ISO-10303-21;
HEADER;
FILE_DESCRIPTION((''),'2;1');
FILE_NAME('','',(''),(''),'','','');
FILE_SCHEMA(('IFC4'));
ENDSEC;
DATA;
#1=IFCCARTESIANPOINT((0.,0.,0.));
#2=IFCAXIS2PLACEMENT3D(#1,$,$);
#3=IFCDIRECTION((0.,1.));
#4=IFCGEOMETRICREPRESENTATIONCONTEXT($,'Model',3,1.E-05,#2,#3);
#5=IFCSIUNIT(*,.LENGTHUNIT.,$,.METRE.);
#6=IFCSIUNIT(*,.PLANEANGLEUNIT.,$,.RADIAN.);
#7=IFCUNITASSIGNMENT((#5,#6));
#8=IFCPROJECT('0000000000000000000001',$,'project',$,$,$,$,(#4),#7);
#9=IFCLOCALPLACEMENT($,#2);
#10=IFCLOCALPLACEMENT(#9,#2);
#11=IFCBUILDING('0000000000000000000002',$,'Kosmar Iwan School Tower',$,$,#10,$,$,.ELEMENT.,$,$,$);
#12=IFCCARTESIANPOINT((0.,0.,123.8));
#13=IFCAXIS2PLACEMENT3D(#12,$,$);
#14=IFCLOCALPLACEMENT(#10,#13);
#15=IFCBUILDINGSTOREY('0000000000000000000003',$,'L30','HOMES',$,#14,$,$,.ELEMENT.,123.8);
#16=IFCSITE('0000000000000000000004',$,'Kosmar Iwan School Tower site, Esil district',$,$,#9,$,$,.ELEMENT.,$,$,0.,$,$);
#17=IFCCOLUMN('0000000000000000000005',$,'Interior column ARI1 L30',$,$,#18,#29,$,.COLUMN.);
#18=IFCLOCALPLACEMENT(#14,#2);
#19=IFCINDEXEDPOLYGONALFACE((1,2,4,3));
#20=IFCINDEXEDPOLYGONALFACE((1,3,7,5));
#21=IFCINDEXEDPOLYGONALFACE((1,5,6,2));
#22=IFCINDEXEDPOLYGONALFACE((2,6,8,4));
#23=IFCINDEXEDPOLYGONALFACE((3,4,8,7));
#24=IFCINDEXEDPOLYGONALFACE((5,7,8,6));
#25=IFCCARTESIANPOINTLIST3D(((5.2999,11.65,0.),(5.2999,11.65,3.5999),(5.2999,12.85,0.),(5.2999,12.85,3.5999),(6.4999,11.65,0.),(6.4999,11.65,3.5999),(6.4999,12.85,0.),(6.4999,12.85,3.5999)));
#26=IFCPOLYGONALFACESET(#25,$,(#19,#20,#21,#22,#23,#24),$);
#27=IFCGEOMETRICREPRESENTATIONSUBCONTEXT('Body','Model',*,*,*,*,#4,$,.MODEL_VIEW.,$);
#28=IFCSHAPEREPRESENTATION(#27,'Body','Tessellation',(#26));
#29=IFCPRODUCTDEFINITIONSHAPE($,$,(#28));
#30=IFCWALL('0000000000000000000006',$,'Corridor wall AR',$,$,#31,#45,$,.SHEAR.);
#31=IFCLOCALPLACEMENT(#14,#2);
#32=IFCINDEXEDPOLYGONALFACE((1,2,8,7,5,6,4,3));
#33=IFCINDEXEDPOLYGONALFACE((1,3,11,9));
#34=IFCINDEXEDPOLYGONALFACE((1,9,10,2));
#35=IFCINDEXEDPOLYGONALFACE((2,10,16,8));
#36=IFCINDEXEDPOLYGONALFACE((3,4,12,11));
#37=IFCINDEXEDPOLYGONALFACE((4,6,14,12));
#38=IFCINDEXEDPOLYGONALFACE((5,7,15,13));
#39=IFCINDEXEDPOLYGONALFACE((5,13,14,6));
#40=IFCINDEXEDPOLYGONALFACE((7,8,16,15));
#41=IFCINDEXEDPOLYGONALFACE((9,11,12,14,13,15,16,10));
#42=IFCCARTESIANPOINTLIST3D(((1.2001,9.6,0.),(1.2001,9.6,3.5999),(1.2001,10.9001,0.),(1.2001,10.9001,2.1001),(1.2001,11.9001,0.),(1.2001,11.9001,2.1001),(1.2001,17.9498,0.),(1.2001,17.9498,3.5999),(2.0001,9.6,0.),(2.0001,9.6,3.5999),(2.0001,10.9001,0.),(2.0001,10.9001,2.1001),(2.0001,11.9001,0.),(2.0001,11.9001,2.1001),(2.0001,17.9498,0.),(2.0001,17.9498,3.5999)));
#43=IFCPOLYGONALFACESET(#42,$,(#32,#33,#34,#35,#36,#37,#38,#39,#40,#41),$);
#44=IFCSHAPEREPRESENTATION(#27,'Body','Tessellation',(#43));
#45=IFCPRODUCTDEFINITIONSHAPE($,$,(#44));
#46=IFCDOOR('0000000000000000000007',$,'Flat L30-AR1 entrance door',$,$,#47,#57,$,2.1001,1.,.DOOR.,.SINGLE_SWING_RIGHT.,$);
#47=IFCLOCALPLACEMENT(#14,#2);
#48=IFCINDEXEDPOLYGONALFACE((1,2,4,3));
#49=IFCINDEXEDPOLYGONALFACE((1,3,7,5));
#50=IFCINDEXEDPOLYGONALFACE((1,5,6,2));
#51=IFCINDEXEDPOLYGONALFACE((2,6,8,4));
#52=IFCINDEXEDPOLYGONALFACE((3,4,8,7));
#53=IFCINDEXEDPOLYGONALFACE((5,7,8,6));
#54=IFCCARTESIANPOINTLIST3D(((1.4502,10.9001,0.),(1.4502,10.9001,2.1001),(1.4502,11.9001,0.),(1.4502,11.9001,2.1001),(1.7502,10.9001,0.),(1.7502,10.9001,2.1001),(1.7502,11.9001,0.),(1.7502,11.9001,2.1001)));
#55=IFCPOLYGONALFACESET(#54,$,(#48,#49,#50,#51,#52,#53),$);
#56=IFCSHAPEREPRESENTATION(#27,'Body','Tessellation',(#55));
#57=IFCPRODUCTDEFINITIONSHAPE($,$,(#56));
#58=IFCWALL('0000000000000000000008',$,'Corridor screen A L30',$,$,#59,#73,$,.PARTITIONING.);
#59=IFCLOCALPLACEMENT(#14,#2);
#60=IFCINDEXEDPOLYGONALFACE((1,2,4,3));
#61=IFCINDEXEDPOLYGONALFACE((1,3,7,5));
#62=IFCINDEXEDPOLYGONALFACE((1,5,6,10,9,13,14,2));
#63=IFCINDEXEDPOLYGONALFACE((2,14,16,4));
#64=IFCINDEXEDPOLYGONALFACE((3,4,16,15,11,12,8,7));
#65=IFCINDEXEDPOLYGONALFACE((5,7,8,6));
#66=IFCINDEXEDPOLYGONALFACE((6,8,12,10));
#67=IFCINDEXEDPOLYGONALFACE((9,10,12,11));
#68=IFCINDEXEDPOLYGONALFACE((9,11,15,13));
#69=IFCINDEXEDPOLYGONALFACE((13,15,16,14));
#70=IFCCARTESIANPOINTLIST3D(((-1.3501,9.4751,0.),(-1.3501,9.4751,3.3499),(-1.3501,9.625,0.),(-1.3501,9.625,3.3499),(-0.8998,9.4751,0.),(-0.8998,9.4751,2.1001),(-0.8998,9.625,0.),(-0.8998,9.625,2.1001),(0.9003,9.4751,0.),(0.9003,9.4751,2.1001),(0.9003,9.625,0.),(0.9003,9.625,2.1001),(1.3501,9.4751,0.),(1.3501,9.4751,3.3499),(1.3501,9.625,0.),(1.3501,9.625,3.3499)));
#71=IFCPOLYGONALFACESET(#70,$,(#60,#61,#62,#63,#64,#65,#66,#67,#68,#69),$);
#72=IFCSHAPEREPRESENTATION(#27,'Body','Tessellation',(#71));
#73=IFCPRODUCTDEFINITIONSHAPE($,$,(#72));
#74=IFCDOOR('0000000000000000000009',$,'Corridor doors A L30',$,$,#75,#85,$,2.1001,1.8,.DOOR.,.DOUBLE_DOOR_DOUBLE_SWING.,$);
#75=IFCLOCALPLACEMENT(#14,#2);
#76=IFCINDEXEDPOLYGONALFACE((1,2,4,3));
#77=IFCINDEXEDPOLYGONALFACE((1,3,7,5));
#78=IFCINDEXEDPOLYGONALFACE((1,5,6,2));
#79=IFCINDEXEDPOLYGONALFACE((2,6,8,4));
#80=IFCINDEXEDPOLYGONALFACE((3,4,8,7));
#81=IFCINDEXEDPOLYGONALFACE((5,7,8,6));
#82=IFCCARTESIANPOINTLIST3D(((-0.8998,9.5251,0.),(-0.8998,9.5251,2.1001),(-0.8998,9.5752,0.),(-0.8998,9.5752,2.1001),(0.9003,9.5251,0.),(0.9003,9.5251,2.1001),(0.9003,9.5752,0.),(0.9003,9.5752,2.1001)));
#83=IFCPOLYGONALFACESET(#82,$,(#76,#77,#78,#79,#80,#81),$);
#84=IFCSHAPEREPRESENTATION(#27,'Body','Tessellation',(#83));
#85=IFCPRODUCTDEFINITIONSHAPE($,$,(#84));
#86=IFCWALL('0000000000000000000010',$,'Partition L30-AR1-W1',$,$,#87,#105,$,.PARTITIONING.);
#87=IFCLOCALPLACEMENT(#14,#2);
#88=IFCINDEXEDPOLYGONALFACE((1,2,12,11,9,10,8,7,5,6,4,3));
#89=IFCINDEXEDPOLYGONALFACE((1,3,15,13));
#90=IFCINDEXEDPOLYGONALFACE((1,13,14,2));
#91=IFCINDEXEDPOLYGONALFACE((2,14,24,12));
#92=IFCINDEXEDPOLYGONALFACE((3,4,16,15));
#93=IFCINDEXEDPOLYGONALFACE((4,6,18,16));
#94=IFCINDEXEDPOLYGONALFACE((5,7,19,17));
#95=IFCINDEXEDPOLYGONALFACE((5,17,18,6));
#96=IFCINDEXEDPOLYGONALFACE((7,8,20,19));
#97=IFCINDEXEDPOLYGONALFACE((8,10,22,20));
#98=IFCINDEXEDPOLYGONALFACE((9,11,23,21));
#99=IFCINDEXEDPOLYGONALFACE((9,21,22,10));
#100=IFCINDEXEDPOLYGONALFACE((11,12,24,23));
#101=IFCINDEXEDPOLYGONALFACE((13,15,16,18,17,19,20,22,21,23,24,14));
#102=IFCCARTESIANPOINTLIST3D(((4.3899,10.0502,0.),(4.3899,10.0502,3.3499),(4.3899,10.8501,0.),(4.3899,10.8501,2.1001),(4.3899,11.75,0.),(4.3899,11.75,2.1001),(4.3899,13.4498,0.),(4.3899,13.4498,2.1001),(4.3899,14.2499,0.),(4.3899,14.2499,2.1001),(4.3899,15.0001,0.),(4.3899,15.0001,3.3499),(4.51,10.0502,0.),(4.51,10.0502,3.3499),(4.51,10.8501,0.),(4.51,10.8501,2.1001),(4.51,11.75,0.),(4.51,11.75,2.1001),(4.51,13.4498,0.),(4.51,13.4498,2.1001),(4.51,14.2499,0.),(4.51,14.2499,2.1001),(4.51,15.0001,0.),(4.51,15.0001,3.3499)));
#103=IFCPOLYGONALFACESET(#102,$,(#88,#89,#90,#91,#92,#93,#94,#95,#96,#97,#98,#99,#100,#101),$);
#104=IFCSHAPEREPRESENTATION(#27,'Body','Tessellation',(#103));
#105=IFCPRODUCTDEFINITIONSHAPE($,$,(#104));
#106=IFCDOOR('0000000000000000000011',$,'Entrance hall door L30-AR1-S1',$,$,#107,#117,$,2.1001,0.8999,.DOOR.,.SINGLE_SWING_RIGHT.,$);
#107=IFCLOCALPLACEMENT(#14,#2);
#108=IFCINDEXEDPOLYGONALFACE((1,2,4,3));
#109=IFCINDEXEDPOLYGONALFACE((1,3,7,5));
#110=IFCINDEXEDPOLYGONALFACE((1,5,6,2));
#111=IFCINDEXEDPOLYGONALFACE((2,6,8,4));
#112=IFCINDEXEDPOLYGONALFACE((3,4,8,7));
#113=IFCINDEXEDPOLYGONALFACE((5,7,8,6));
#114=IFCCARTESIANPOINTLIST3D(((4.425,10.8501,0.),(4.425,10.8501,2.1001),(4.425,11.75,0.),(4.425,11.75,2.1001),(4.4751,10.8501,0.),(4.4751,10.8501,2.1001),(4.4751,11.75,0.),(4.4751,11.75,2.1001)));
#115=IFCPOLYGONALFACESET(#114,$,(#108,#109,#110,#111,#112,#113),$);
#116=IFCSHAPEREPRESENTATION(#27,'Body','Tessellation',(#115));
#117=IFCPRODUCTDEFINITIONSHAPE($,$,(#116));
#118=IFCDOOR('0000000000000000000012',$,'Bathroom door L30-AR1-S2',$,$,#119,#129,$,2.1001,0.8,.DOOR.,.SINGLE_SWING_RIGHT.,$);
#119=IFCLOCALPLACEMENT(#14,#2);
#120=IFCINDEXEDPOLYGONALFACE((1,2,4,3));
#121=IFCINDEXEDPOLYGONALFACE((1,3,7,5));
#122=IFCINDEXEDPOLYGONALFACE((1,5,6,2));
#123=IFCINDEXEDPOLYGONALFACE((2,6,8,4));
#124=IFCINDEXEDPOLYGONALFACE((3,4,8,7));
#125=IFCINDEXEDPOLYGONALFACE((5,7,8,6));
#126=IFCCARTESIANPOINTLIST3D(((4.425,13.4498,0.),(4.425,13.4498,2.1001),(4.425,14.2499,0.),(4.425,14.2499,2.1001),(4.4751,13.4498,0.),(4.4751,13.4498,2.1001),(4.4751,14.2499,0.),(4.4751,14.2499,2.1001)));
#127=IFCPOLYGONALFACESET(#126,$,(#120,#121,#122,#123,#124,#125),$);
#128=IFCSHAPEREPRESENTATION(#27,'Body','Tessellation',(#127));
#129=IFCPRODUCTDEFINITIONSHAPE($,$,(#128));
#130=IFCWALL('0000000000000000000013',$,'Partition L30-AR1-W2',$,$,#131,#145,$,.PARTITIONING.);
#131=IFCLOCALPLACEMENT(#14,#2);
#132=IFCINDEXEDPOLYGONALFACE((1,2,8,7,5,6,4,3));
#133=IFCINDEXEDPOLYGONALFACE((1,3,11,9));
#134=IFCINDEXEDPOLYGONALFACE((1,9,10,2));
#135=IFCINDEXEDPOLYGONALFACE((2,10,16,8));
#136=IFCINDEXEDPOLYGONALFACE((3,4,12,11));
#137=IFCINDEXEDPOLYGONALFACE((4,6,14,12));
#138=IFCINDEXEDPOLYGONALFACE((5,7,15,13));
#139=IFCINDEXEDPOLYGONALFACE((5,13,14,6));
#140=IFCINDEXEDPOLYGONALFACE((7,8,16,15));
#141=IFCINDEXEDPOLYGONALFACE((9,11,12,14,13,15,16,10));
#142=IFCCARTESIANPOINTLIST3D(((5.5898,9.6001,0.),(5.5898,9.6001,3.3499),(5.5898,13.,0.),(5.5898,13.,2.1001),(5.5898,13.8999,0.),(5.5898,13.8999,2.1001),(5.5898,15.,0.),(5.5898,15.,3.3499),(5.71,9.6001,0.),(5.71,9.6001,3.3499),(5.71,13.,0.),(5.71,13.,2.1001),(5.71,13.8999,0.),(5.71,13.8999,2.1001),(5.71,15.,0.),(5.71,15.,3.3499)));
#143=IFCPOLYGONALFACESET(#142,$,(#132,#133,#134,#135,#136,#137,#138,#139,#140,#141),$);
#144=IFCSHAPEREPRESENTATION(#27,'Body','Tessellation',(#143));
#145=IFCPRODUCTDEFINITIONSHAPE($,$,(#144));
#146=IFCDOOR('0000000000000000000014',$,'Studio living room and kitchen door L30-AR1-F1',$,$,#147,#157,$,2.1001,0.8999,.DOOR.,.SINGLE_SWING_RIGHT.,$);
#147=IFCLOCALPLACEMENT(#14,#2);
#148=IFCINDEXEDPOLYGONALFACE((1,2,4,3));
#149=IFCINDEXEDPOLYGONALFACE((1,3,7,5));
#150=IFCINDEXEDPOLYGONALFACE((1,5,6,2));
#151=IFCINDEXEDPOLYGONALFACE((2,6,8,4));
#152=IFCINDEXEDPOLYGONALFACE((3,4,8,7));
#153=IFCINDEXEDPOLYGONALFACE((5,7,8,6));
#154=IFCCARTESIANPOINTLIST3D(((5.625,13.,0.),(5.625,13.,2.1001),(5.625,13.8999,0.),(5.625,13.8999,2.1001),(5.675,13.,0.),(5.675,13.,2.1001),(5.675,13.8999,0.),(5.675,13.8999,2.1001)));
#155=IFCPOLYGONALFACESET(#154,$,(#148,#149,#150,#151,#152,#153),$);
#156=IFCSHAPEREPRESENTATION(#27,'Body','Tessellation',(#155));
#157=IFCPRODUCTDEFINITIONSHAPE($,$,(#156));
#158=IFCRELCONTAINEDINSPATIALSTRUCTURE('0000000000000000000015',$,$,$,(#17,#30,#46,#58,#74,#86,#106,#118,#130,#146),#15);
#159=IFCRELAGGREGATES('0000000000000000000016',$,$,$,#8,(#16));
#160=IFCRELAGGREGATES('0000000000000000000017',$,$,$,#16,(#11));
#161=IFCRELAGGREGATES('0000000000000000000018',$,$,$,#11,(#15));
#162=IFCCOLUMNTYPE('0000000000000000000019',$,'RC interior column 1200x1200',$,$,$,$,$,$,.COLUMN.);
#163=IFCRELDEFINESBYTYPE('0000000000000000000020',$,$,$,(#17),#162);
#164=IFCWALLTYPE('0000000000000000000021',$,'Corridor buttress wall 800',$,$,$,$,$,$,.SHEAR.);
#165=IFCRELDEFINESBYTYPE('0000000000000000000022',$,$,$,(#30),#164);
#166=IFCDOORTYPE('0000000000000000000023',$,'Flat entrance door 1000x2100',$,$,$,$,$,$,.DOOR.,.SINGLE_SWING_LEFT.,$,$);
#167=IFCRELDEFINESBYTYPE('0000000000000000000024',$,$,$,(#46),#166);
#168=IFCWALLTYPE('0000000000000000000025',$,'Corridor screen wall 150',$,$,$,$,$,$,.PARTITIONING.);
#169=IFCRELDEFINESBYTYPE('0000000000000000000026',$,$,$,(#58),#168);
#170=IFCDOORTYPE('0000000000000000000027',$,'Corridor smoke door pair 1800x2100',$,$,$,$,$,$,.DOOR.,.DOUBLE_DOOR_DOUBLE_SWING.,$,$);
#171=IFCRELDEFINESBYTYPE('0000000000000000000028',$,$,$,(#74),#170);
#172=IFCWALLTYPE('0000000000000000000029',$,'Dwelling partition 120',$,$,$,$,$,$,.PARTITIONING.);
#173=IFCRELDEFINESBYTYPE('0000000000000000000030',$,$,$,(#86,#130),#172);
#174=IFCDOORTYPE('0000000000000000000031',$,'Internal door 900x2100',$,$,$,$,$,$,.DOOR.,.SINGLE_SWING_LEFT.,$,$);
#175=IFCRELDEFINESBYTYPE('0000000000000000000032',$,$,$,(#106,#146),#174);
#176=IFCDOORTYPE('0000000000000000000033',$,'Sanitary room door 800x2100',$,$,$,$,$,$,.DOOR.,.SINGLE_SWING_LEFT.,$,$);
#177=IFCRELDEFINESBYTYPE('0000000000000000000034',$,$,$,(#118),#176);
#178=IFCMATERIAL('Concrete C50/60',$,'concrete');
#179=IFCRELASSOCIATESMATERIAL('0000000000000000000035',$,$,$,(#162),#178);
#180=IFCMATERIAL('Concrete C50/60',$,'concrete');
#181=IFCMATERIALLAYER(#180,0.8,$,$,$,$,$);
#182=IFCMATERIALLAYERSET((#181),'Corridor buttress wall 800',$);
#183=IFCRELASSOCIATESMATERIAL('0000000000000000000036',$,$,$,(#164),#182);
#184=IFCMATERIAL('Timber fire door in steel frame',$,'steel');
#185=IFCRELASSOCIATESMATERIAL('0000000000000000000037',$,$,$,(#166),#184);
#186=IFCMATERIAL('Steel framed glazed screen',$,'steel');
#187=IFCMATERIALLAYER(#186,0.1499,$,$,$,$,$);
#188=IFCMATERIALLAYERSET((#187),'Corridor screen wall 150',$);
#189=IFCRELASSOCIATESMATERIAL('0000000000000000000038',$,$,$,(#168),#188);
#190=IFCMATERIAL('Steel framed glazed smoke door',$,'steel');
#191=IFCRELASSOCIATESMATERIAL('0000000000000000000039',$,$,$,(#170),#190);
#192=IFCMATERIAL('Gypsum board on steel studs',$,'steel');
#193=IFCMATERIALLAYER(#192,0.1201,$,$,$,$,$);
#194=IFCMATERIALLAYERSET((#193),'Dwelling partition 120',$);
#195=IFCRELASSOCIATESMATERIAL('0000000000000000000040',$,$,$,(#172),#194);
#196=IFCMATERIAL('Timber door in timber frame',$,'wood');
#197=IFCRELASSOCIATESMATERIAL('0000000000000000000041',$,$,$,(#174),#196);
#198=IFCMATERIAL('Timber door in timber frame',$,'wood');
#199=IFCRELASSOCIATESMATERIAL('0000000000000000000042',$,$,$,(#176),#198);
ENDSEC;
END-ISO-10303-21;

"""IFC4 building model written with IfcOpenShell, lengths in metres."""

from ifc_helpers import new_model, si_unit, direction, frame, frame_2d, origin, origin_2d, place, context, subcontext, project, spatial, rectangle, extrude, material, layer, layer_set, material_profile, profile_set, type_object, element, fill, save


model = new_model("IFC4")

# Units and contexts
model_context = context("Model", 3, precision=1e-05, world=origin(), true_north=direction((0.0, 1.0)))
body_context = subcontext(model_context, "Body", "Model", "MODEL_VIEW")
ifc_project = project(units=[si_unit("LENGTHUNIT", "METRE"), si_unit("PLANEANGLEUNIT", "RADIAN")], contexts=[model_context])

# Site, building, storey
site_placement = place(None, origin())
site = spatial("IfcSite", under=ifc_project, at=site_placement, Name="Kosmar Iwan School Tower site, Esil district", CompositionType="ELEMENT", RefElevation=0.0)
building_placement = place(site_placement, origin())
building = spatial("IfcBuilding", under=site, at=building_placement, Name="Kosmar Iwan School Tower", CompositionType="ELEMENT")
storey_placement = place(building_placement, frame((0.0, 0.0, 123.8)))
storey = spatial("IfcBuildingStorey", under=building, at=storey_placement, Name="L30", Description="HOMES", CompositionType="ELEMENT", Elevation=123.8)

# Column
ifc_material_1 = material(Name="Concrete C50/60", Category="concrete")
ifc_material_profile = material_profile(ifc_material_1, rectangle(XDim=1.2, YDim=1.2, at=origin_2d()), Name="RC 1200x1200")
ifc_profile_set = profile_set([ifc_material_profile], Name="Concrete C50/60")
column_type = type_object("IfcColumnType", Name="RC interior column 1200x1200", PredefinedType="COLUMN", material=ifc_profile_set)
column_placement = place(storey_placement, frame((5.8999, 12.25, 0.0), z_axis=(0.0, 0.0, 1.0), x_axis=(0.0, 1.0, 0.0)))
element("IfcColumn", 1, at=column_placement, inside=storey, type_object=column_type, Name="Interior column ARI1 L30", PredefinedType="COLUMN", context=body_context, shape_type="SweptSolid", body=[
    extrude(rectangle(XDim=1.2, YDim=1.2, at=origin_2d()), origin(), (0.0, 0.0, 1.0), 3.5999),
])

# Walls, openings, doors
ifc_material_2 = material(Name="Concrete C50/60", Category="concrete")
ifc_layer_1 = layer(ifc_material_2, 0.8)
ifc_layer_set_1 = layer_set([ifc_layer_1], Name="Corridor buttress wall 800")
wall_type_1 = type_object("IfcWallType", Name="Corridor buttress wall 800", PredefinedType="SHEAR", material=ifc_layer_set_1)
wall_1_placement = place(storey_placement, frame((1.6001, 9.6001, 0.0), z_axis=(0.0, 0.0, 1.0), x_axis=(0.0, 1.0, 0.0)))
wall_1 = element("IfcWall", 2, at=wall_1_placement, inside=storey, type_object=wall_type_1, Name="Corridor wall AR", PredefinedType="SHEAR", context=body_context, shape_type="SweptSolid", body=[
    extrude(rectangle(XDim=8.3499, YDim=0.8, at=frame_2d((4.1748, 0.0))), origin(), (0.0, 0.0, 1.0), 3.5999),
])
opening_1_placement = place(wall_1_placement, frame((1.3, 0.0, 0.0)))
opening_1 = element("IfcOpeningElement", 3, at=opening_1_placement, cuts=wall_1, PredefinedType="OPENING", context=body_context, shape_type="SweptSolid", body=[
    extrude(rectangle(XDim=1.0, YDim=2.1001, at=frame_2d((0.5, 1.05))), frame((0.0, 0.4121, 0.0), z_axis=(0.0, -1.0, 0.0), x_axis=(1.0, 0.0, 0.0)), (0.0, 0.0, 1.0), 0.824),
])
ifc_material_3 = material(Name="Timber fire door in steel frame", Category="steel")
door_type_1 = type_object("IfcDoorType", Name="Flat entrance door 1000x2100", OperationType="SINGLE_SWING_LEFT", PredefinedType="DOOR", material=ifc_material_3)
door_1_placement = place(opening_1_placement, origin())
door_1 = element("IfcDoor", 4, at=door_1_placement, inside=storey, type_object=door_type_1, Name="Flat L30-AR1 entrance door", OperationType="SINGLE_SWING_RIGHT", OverallHeight=2.1001, OverallWidth=1.0, PredefinedType="DOOR", context=body_context, shape_type="SweptSolid", body=[
    extrude(rectangle(XDim=1.0, YDim=2.1001, at=frame_2d((0.5, 1.05))), frame((0.0, 0.1499, 0.0), z_axis=(0.0, -1.0, 0.0), x_axis=(1.0, 0.0, 0.0)), (0.0, 0.0, 1.0), 0.3),
])
fill(opening_1, door_1)
ifc_material_4 = material(Name="Steel framed glazed screen", Category="steel")
ifc_layer_2 = layer(ifc_material_4, 0.1499)
ifc_layer_set_2 = layer_set([ifc_layer_2], Name="Corridor screen wall 150")
wall_type_2 = type_object("IfcWallType", Name="Corridor screen wall 150", PredefinedType="PARTITIONING", material=ifc_layer_set_2)
wall_2_placement = place(storey_placement, frame((1.3501, 9.55, 0.0), z_axis=(0.0, 0.0, 1.0), x_axis=(-1.0, 0.0, 0.0)))
wall_2 = element("IfcWall", 5, at=wall_2_placement, inside=storey, type_object=wall_type_2, Name="Corridor screen A L30", PredefinedType="PARTITIONING", context=body_context, shape_type="SweptSolid", body=[
    extrude(rectangle(XDim=2.7002, YDim=0.1499, at=frame_2d((1.3501, 0.0))), origin(), (0.0, 0.0, 1.0), 3.3499),
])
opening_2_placement = place(wall_2_placement, frame((0.45, 0.0, 0.0)))
opening_2 = element("IfcOpeningElement", 6, at=opening_2_placement, cuts=wall_2, PredefinedType="OPENING", context=body_context, shape_type="SweptSolid", body=[
    extrude(rectangle(XDim=1.8, YDim=2.1001, at=frame_2d((0.8999, 1.05))), frame((0.0, 0.0869, 0.0), z_axis=(0.0, -1.0, 0.0), x_axis=(1.0, 0.0, 0.0)), (0.0, 0.0, 1.0), 0.1738),
])
ifc_material_5 = material(Name="Steel framed glazed smoke door", Category="steel")
door_type_2 = type_object("IfcDoorType", Name="Corridor smoke door pair 1800x2100", OperationType="DOUBLE_DOOR_DOUBLE_SWING", PredefinedType="DOOR", material=ifc_material_5)
door_2_placement = place(opening_2_placement, origin())
door_2 = element("IfcDoor", 7, at=door_2_placement, inside=storey, type_object=door_type_2, Name="Corridor doors A L30", OperationType="DOUBLE_DOOR_DOUBLE_SWING", OverallHeight=2.1001, OverallWidth=1.8, PredefinedType="DOOR", context=body_context, shape_type="SweptSolid", body=[
    extrude(rectangle(XDim=1.8, YDim=2.1001, at=frame_2d((0.8999, 1.05))), frame((0.0, 0.0249, 0.0), z_axis=(0.0, -1.0, 0.0), x_axis=(1.0, 0.0, 0.0)), (0.0, 0.0, 1.0), 0.05),
])
fill(opening_2, door_2)

# Wall, openings, doors
ifc_material_6 = material(Name="Gypsum board on steel studs", Category="steel")
ifc_layer_3 = layer(ifc_material_6, 0.1201)
ifc_layer_set_3 = layer_set([ifc_layer_3], Name="Dwelling partition 120")
wall_type_3 = type_object("IfcWallType", Name="Dwelling partition 120", PredefinedType="PARTITIONING", material=ifc_layer_set_3)
wall_3_placement = place(storey_placement, frame((4.45, 10.05, 0.0), z_axis=(0.0, 0.0, 1.0), x_axis=(0.0, 1.0, 0.0)))
wall_3 = element("IfcWall", 8, at=wall_3_placement, inside=storey, type_object=wall_type_3, Name="Partition L30-AR1-W1", PredefinedType="PARTITIONING", context=body_context, shape_type="SweptSolid", body=[
    extrude(rectangle(XDim=4.95, YDim=0.1201, at=frame_2d((2.4751, 0.0))), origin(), (0.0, 0.0, 1.0), 3.3499),
])
opening_3_placement = place(wall_3_placement, frame((0.8, 0.0, 0.0)))
opening_3 = element("IfcOpeningElement", 9, at=opening_3_placement, cuts=wall_3, PredefinedType="OPENING", context=body_context, shape_type="SweptSolid", body=[
    extrude(rectangle(XDim=0.8999, YDim=2.1001, at=frame_2d((0.45, 1.05))), frame((0.0, 0.072, 0.0), z_axis=(0.0, -1.0, 0.0), x_axis=(1.0, 0.0, 0.0)), (0.0, 0.0, 1.0), 0.144),
])
opening_4_placement = place(wall_3_placement, frame((3.3999, 0.0, 0.0)))
opening_4 = element("IfcOpeningElement", 10, at=opening_4_placement, cuts=wall_3, PredefinedType="OPENING", context=body_context, shape_type="SweptSolid", body=[
    extrude(rectangle(XDim=0.8, YDim=2.1001, at=frame_2d((0.3999, 1.05))), frame((0.0, 0.072, 0.0), z_axis=(0.0, -1.0, 0.0), x_axis=(1.0, 0.0, 0.0)), (0.0, 0.0, 1.0), 0.144),
])
ifc_material_7 = material(Name="Timber door in timber frame", Category="wood")
door_type_3 = type_object("IfcDoorType", Name="Internal door 900x2100", OperationType="SINGLE_SWING_LEFT", PredefinedType="DOOR", material=ifc_material_7)
door_3_placement = place(opening_3_placement, origin())
door_3 = element("IfcDoor", 11, at=door_3_placement, inside=storey, type_object=door_type_3, Name="Entrance hall door L30-AR1-S1", OperationType="SINGLE_SWING_RIGHT", OverallHeight=2.1001, OverallWidth=0.8999, PredefinedType="DOOR", context=body_context, shape_type="SweptSolid", body=[
    extrude(rectangle(XDim=0.8999, YDim=2.1001, at=frame_2d((0.45, 1.05))), frame((0.0, 0.0249, 0.0), z_axis=(0.0, -1.0, 0.0), x_axis=(1.0, 0.0, 0.0)), (0.0, 0.0, 1.0), 0.05),
])
fill(opening_3, door_3)
ifc_material_8 = material(Name="Timber door in timber frame", Category="wood")
door_type_4 = type_object("IfcDoorType", Name="Sanitary room door 800x2100", OperationType="SINGLE_SWING_LEFT", PredefinedType="DOOR", material=ifc_material_8)
door_4_placement = place(opening_4_placement, origin())
door_4 = element("IfcDoor", 12, at=door_4_placement, inside=storey, type_object=door_type_4, Name="Bathroom door L30-AR1-S2", OperationType="SINGLE_SWING_RIGHT", OverallHeight=2.1001, OverallWidth=0.8, PredefinedType="DOOR", context=body_context, shape_type="SweptSolid", body=[
    extrude(rectangle(XDim=0.8, YDim=2.1001, at=frame_2d((0.3999, 1.05))), frame((0.0, 0.0249, 0.0), z_axis=(0.0, -1.0, 0.0), x_axis=(1.0, 0.0, 0.0)), (0.0, 0.0, 1.0), 0.05),
])
fill(opening_4, door_4)

# Wall, opening, door
wall_4_placement = place(storey_placement, frame((5.6499, 9.6001, 0.0), z_axis=(0.0, 0.0, 1.0), x_axis=(0.0, 1.0, 0.0)))
wall_4 = element("IfcWall", 13, at=wall_4_placement, inside=storey, type_object=wall_type_3, Name="Partition L30-AR1-W2", PredefinedType="PARTITIONING", context=body_context, shape_type="SweptSolid", body=[
    extrude(rectangle(XDim=5.3999, YDim=0.1201, at=frame_2d((2.7, 0.0))), origin(), (0.0, 0.0, 1.0), 3.3499),
])
opening_5_placement = place(wall_4_placement, frame((3.3999, 0.0, 0.0)))
opening_5 = element("IfcOpeningElement", 14, at=opening_5_placement, cuts=wall_4, PredefinedType="OPENING", context=body_context, shape_type="SweptSolid", body=[
    extrude(rectangle(XDim=0.8999, YDim=2.1001, at=frame_2d((0.45, 1.05))), frame((0.0, 0.072, 0.0), z_axis=(0.0, -1.0, 0.0), x_axis=(1.0, 0.0, 0.0)), (0.0, 0.0, 1.0), 0.144),
])
door_5_placement = place(opening_5_placement, origin())
door_5 = element("IfcDoor", 15, at=door_5_placement, inside=storey, type_object=door_type_3, Name="Studio living room and kitchen door L30-AR1-F1", OperationType="SINGLE_SWING_RIGHT", OverallHeight=2.1001, OverallWidth=0.8999, PredefinedType="DOOR", context=body_context, shape_type="SweptSolid", body=[
    extrude(rectangle(XDim=0.8999, YDim=2.1001, at=frame_2d((0.45, 1.05))), frame((0.0, 0.0249, 0.0), z_axis=(0.0, -1.0, 0.0), x_axis=(1.0, 0.0, 0.0)), (0.0, 0.0, 1.0), 0.05),
])
fill(opening_5, door_5)

save(model, "model.ifc")
